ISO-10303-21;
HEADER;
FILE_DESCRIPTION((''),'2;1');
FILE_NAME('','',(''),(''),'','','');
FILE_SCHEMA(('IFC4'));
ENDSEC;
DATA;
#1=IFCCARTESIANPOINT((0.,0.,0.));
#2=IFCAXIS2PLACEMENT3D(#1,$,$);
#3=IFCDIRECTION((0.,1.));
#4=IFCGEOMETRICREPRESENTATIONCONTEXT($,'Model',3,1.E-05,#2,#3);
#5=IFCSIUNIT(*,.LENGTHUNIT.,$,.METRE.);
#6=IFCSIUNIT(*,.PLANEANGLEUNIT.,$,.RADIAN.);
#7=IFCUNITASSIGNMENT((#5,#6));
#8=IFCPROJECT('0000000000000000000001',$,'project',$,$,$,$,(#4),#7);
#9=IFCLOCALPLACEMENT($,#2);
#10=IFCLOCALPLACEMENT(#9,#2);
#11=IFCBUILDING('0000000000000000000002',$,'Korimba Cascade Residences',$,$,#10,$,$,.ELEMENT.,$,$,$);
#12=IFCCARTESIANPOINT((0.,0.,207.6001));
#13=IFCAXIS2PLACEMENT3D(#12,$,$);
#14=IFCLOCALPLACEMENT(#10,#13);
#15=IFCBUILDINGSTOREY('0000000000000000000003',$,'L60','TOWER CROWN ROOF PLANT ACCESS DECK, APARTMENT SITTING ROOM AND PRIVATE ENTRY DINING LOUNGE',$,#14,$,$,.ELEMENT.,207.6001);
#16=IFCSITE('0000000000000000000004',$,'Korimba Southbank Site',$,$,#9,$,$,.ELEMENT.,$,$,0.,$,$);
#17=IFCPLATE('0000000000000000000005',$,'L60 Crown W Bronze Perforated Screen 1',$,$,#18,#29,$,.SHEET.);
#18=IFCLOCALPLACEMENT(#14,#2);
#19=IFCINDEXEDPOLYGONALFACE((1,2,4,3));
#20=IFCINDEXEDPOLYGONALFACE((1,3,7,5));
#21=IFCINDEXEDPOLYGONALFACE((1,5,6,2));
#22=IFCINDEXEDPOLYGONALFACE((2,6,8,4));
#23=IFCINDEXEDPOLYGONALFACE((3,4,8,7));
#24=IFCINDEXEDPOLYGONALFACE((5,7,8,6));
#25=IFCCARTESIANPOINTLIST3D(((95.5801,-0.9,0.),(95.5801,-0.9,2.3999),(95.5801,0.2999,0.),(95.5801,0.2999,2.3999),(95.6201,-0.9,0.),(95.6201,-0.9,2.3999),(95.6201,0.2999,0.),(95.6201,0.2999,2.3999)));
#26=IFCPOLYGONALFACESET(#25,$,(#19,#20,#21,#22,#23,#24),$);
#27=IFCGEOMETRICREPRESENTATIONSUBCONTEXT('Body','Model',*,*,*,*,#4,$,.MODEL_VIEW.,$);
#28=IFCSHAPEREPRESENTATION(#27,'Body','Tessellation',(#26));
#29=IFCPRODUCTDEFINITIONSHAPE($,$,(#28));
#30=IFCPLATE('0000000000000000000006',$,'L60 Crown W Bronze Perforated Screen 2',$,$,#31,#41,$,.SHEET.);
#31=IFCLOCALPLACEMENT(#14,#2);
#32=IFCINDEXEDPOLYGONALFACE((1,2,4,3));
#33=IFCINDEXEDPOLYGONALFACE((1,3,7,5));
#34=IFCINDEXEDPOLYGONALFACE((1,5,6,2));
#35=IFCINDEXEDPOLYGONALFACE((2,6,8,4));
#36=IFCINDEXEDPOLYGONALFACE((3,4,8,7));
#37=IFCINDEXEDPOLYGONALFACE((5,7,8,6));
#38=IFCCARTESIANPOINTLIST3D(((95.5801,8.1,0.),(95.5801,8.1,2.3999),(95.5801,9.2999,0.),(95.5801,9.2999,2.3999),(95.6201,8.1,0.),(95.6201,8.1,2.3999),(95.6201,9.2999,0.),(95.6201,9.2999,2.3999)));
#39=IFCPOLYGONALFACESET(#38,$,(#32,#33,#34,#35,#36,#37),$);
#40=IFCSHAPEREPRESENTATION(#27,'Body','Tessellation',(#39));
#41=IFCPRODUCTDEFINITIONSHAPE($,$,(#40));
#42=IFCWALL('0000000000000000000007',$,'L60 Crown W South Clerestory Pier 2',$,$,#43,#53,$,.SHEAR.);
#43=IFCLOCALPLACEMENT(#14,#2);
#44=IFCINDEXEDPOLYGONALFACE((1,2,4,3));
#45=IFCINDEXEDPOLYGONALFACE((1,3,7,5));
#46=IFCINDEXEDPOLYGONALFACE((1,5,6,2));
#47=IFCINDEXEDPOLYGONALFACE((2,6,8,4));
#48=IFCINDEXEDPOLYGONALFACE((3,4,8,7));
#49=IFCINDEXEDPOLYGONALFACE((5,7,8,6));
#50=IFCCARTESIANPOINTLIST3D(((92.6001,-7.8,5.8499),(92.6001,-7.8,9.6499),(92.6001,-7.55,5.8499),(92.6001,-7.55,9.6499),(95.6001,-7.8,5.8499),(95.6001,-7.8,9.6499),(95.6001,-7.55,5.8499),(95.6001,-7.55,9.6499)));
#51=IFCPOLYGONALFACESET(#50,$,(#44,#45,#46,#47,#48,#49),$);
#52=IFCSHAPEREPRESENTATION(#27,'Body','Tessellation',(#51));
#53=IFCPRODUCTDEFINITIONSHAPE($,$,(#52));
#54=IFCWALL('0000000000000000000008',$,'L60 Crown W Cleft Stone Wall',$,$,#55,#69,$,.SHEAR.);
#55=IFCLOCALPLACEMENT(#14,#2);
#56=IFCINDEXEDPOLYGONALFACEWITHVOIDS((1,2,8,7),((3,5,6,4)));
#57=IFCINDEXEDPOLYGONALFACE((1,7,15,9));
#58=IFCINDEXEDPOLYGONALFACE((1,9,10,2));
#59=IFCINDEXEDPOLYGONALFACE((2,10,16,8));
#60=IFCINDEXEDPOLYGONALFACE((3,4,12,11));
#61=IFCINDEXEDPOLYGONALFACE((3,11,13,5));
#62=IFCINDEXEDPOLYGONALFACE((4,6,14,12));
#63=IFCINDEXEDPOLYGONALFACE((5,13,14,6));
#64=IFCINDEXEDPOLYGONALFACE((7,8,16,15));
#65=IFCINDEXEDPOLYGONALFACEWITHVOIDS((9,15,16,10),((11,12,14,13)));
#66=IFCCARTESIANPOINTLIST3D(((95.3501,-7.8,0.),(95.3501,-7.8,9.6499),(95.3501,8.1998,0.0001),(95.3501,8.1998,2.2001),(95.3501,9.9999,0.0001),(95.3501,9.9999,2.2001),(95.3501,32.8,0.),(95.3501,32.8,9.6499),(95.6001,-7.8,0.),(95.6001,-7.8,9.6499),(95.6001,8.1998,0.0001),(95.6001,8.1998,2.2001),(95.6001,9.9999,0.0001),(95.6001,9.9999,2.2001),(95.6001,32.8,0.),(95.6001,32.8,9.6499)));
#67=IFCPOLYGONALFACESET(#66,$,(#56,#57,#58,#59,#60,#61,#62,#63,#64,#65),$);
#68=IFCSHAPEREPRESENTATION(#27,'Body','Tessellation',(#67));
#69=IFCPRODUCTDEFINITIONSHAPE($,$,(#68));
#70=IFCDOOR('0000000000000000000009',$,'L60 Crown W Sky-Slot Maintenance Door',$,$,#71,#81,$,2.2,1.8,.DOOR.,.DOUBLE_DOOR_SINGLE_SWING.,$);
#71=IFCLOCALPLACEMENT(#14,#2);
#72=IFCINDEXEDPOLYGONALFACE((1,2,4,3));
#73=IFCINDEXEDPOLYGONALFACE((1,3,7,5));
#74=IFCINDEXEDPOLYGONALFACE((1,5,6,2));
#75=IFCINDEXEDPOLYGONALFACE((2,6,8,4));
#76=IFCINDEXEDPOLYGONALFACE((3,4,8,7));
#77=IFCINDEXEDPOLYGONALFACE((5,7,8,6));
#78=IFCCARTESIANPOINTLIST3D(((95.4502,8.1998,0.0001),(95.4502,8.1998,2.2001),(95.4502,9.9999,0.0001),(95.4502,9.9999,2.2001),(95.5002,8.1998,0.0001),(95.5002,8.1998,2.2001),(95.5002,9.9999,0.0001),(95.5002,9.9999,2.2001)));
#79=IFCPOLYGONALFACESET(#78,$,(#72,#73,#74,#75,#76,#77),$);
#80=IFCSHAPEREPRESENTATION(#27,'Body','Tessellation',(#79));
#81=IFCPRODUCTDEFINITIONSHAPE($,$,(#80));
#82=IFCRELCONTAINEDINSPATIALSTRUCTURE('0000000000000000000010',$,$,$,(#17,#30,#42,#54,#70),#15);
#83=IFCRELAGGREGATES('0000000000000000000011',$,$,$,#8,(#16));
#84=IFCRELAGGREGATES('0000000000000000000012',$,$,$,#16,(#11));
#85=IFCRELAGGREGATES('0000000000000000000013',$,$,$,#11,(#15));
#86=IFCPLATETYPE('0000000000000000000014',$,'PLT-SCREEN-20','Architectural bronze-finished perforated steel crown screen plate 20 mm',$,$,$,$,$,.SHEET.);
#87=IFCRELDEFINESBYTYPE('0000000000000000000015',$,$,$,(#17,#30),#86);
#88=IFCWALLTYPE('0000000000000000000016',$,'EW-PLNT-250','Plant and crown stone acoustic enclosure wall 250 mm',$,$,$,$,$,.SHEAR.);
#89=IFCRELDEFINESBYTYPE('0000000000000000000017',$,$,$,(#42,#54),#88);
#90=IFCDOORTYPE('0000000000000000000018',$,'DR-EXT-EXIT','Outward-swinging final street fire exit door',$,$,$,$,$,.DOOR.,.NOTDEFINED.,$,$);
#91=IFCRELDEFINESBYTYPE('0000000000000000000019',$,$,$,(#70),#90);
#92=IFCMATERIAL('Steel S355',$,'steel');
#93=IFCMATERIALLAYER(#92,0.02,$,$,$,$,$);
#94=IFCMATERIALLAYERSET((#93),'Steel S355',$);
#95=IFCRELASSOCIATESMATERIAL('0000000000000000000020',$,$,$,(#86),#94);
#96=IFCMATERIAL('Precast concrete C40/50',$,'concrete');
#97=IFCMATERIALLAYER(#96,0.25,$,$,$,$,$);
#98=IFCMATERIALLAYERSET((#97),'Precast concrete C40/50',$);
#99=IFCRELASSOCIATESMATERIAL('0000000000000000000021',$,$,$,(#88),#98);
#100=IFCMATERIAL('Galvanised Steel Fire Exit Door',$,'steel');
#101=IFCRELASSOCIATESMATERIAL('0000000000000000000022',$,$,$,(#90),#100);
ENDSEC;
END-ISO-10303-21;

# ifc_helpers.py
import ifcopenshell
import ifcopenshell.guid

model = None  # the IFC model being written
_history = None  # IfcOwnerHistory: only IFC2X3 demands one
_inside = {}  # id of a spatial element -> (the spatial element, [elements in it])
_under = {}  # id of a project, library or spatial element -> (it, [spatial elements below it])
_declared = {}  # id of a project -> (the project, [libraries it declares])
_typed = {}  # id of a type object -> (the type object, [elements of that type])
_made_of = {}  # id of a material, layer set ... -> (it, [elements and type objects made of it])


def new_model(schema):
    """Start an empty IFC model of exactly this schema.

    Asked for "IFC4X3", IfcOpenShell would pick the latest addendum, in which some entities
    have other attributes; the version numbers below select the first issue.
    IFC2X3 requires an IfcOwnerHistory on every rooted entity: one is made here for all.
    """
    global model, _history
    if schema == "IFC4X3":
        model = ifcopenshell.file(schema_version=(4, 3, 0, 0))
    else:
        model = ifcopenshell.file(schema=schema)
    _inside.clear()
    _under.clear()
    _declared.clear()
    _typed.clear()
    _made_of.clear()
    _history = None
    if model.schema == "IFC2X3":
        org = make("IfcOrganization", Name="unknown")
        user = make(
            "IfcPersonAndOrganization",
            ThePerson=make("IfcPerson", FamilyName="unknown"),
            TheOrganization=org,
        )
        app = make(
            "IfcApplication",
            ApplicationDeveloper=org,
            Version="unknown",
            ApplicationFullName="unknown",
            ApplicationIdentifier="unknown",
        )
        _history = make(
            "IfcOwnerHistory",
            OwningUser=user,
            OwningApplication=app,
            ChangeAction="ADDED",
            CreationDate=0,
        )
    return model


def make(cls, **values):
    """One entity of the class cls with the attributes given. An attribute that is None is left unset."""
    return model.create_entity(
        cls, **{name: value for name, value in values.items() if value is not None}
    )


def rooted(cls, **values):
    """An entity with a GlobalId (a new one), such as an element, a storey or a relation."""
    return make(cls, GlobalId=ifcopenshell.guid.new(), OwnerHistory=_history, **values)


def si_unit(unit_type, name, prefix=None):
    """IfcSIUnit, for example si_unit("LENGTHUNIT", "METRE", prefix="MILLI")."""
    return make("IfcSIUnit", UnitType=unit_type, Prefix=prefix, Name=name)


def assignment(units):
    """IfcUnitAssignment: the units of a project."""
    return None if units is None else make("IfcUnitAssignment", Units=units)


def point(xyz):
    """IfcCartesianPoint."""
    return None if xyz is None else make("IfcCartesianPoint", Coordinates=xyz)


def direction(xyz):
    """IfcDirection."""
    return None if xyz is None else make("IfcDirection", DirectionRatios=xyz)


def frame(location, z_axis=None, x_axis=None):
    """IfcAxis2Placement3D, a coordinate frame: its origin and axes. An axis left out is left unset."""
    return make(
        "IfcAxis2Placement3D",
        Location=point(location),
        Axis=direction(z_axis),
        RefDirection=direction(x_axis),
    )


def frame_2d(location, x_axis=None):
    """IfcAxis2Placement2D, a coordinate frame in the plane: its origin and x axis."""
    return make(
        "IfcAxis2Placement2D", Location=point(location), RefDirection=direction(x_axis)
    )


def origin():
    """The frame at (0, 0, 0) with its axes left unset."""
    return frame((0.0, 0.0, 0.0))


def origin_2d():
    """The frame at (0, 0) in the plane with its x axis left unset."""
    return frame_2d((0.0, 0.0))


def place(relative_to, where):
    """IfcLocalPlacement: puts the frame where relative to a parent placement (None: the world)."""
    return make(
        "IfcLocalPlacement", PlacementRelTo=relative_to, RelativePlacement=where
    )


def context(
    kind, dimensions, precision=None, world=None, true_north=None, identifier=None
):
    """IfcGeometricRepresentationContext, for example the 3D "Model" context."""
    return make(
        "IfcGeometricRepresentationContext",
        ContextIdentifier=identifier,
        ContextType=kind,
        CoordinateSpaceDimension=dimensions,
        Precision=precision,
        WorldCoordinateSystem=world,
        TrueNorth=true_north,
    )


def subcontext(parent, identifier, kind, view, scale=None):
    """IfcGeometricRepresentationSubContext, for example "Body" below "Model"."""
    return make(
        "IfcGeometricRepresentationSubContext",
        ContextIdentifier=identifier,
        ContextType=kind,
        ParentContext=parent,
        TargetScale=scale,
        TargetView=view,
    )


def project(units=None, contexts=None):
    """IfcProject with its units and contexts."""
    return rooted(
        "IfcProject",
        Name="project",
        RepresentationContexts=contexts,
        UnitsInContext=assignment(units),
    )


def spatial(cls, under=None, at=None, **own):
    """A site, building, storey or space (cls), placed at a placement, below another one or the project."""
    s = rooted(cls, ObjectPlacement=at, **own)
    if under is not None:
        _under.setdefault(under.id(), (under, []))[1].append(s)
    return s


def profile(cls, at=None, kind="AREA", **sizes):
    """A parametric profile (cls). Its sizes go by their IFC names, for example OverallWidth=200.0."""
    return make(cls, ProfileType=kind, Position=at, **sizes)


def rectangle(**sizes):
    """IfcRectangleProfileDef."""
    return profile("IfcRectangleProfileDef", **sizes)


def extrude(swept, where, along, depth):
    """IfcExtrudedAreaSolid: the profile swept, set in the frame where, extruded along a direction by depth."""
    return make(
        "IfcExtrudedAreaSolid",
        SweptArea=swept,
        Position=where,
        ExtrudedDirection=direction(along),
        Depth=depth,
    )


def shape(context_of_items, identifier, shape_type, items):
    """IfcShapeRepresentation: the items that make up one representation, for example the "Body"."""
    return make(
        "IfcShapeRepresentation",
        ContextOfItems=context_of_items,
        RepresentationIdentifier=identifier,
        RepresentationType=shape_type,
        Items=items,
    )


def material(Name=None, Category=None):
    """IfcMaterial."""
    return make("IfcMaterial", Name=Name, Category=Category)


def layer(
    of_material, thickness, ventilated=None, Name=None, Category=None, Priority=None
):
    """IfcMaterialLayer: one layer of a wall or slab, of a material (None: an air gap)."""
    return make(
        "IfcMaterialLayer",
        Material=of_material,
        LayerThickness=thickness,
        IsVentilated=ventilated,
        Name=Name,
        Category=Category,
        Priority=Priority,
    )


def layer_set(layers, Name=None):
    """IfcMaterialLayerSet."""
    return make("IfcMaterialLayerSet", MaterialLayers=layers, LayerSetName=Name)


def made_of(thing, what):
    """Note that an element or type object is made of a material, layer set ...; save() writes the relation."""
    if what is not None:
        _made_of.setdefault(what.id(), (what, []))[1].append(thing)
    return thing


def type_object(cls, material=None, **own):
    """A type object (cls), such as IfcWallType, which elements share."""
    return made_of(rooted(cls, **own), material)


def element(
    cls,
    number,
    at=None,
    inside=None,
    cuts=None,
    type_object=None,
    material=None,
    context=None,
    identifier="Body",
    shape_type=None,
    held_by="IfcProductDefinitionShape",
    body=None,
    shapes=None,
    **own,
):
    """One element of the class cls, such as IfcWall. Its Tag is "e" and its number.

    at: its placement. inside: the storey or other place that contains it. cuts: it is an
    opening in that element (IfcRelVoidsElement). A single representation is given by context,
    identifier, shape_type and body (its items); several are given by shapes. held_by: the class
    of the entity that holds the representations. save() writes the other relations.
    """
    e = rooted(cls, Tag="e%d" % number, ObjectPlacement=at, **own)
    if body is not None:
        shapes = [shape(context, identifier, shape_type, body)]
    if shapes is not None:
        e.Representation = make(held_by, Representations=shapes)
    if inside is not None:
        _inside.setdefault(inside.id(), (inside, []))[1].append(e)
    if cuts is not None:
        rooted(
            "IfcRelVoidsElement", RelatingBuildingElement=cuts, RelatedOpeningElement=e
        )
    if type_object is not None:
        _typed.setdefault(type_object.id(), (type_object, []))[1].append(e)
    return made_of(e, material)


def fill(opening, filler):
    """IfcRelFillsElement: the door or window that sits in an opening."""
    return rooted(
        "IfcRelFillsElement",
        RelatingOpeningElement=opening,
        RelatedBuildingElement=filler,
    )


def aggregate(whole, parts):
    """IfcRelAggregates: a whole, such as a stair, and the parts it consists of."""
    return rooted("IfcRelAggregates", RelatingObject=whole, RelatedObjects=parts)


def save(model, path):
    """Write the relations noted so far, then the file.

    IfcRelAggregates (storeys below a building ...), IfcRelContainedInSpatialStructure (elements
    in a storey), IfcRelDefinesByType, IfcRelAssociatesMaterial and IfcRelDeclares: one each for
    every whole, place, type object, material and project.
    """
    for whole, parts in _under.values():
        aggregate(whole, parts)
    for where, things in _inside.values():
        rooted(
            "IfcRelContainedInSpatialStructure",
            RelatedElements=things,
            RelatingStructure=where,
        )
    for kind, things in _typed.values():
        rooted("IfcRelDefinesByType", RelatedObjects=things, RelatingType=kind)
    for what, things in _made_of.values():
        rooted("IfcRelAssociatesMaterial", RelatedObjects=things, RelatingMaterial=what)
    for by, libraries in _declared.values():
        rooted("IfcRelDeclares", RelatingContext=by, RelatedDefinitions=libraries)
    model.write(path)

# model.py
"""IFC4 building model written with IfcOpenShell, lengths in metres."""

from ifc_helpers import new_model, si_unit, direction, frame, frame_2d, origin, origin_2d, place, context, subcontext, project, spatial, rectangle, extrude, material, layer, layer_set, type_object, element, fill, save


model = new_model("IFC4")

# Units and contexts
model_context = context("Model", 3, precision=1e-05, world=origin(), true_north=direction((0.0, 1.0)))
body_context = subcontext(model_context, "Body", "Model", "MODEL_VIEW")
ifc_project = project(units=[si_unit("LENGTHUNIT", "METRE"), si_unit("PLANEANGLEUNIT", "RADIAN")], contexts=[model_context])

# Site, building, storey
site_placement = place(None, origin())
site = spatial("IfcSite", under=ifc_project, at=site_placement, Name="Korimba Southbank Site", CompositionType="ELEMENT", RefElevation=0.0)
building_placement = place(site_placement, origin())
building = spatial("IfcBuilding", under=site, at=building_placement, Name="Korimba Cascade Residences", CompositionType="ELEMENT")
storey_placement = place(building_placement, frame((0.0, 0.0, 207.6001)))
storey = spatial("IfcBuildingStorey", under=building, at=storey_placement, Name="L60", Description="TOWER CROWN ROOF PLANT ACCESS DECK, APARTMENT SITTING ROOM AND PRIVATE ENTRY DINING LOUNGE", CompositionType="ELEMENT", Elevation=207.6001)

# Shared definitions
ifc_material_1 = material(Name="Steel S355", Category="steel")

# Plates
ifc_layer_1 = layer(ifc_material_1, 0.02)
ifc_layer_set_1 = layer_set([ifc_layer_1], Name="Steel S355")
plate_type_1 = type_object("IfcPlateType", Name="PLT-SCREEN-20", Description="Architectural bronze-finished perforated steel crown screen plate 20 mm", PredefinedType="SHEET", material=ifc_layer_set_1)
for number, where, z_axis, x_axis, name in (
    (1, (95.6001, -0.3, 0.0), (0.0, 0.0, 1.0), (1.0, 0.0, 0.0), "L60 Crown W Bronze Perforated Screen 1"),
    (2, (95.6001, 8.7, 0.0), (0.0, 0.0, 1.0), (1.0, 0.0, 0.0), "L60 Crown W Bronze Perforated Screen 2"),
):
    element("IfcPlate", number, at=place(storey_placement, frame(where, z_axis=z_axis, x_axis=x_axis)), inside=storey, type_object=plate_type_1, Name=name, PredefinedType="SHEET", context=body_context, shape_type="SweptSolid", body=[
        extrude(rectangle(XDim=0.04, YDim=1.2, at=origin_2d()), origin(), (0.0, 0.0, 1.0), 2.3999),
    ])

# Wall
ifc_material_2 = material(Name="Precast concrete C40/50", Category="concrete")
ifc_layer_2 = layer(ifc_material_2, 0.25)
ifc_layer_set_2 = layer_set([ifc_layer_2], Name="Precast concrete C40/50")
wall_type = type_object("IfcWallType", Name="EW-PLNT-250", Description="Plant and crown stone acoustic enclosure wall 250 mm", PredefinedType="SHEAR", material=ifc_layer_set_2)
wall_1_placement = place(storey_placement, frame((92.6001, -7.675, 5.8499), z_axis=(0.0, 0.0, 1.0), x_axis=(1.0, 0.0, 0.0)))
element("IfcWall", 3, at=wall_1_placement, inside=storey, type_object=wall_type, Name="L60 Crown W South Clerestory Pier 2", PredefinedType="SHEAR", context=body_context, shape_type="SweptSolid", body=[
    extrude(rectangle(XDim=3.0, YDim=0.25, at=frame_2d((1.5, 0.0))), origin(), (0.0, 0.0, 1.0), 3.8),
])

# Wall, opening, door
wall_2_placement = place(storey_placement, frame((95.4751, -7.8, 0.0), z_axis=(0.0, 0.0, 1.0), x_axis=(0.0, 1.0, 0.0)))
wall_2 = element("IfcWall", 4, at=wall_2_placement, inside=storey, type_object=wall_type, Name="L60 Crown W Cleft Stone Wall", PredefinedType="SHEAR", context=body_context, shape_type="SweptSolid", body=[
    extrude(rectangle(XDim=40.6001, YDim=0.25, at=frame_2d((20.3, 0.0))), origin(), (0.0, 0.0, 1.0), 9.6499),
])
opening_placement = place(wall_2_placement, frame((16.0, 0.0, 0.0)))
opening = element("IfcOpeningElement", 5, at=opening_placement, cuts=wall_2, PredefinedType="OPENING", context=body_context, shape_type="SweptSolid", body=[
    extrude(rectangle(XDim=1.8, YDim=2.2, at=frame_2d((0.8999, 1.1001))), frame((0.0, 0.135, 0.0), z_axis=(0.0, -1.0, 0.0), x_axis=(1.0, 0.0, 0.0)), (0.0, 0.0, 1.0), 0.27),
])
ifc_material_3 = material(Name="Galvanised Steel Fire Exit Door", Category="steel")
door_type = type_object("IfcDoorType", Name="DR-EXT-EXIT", Description="Outward-swinging final street fire exit door", OperationType="NOTDEFINED", PredefinedType="DOOR", material=ifc_material_3)
door_placement = place(opening_placement, origin())
door = element("IfcDoor", 6, at=door_placement, inside=storey, type_object=door_type, Name="L60 Crown W Sky-Slot Maintenance Door", OperationType="DOUBLE_DOOR_SINGLE_SWING", OverallHeight=2.2, OverallWidth=1.8, PredefinedType="DOOR", context=body_context, shape_type="SweptSolid", body=[
    extrude(rectangle(XDim=1.8, YDim=2.2, at=frame_2d((0.8999, 1.1001))), frame((0.0, 0.0249, 0.0), z_axis=(0.0, -1.0, 0.0), x_axis=(1.0, 0.0, 0.0)), (0.0, 0.0, 1.0), 0.05),
])
fill(opening, door)

save(model, "model.ifc")
